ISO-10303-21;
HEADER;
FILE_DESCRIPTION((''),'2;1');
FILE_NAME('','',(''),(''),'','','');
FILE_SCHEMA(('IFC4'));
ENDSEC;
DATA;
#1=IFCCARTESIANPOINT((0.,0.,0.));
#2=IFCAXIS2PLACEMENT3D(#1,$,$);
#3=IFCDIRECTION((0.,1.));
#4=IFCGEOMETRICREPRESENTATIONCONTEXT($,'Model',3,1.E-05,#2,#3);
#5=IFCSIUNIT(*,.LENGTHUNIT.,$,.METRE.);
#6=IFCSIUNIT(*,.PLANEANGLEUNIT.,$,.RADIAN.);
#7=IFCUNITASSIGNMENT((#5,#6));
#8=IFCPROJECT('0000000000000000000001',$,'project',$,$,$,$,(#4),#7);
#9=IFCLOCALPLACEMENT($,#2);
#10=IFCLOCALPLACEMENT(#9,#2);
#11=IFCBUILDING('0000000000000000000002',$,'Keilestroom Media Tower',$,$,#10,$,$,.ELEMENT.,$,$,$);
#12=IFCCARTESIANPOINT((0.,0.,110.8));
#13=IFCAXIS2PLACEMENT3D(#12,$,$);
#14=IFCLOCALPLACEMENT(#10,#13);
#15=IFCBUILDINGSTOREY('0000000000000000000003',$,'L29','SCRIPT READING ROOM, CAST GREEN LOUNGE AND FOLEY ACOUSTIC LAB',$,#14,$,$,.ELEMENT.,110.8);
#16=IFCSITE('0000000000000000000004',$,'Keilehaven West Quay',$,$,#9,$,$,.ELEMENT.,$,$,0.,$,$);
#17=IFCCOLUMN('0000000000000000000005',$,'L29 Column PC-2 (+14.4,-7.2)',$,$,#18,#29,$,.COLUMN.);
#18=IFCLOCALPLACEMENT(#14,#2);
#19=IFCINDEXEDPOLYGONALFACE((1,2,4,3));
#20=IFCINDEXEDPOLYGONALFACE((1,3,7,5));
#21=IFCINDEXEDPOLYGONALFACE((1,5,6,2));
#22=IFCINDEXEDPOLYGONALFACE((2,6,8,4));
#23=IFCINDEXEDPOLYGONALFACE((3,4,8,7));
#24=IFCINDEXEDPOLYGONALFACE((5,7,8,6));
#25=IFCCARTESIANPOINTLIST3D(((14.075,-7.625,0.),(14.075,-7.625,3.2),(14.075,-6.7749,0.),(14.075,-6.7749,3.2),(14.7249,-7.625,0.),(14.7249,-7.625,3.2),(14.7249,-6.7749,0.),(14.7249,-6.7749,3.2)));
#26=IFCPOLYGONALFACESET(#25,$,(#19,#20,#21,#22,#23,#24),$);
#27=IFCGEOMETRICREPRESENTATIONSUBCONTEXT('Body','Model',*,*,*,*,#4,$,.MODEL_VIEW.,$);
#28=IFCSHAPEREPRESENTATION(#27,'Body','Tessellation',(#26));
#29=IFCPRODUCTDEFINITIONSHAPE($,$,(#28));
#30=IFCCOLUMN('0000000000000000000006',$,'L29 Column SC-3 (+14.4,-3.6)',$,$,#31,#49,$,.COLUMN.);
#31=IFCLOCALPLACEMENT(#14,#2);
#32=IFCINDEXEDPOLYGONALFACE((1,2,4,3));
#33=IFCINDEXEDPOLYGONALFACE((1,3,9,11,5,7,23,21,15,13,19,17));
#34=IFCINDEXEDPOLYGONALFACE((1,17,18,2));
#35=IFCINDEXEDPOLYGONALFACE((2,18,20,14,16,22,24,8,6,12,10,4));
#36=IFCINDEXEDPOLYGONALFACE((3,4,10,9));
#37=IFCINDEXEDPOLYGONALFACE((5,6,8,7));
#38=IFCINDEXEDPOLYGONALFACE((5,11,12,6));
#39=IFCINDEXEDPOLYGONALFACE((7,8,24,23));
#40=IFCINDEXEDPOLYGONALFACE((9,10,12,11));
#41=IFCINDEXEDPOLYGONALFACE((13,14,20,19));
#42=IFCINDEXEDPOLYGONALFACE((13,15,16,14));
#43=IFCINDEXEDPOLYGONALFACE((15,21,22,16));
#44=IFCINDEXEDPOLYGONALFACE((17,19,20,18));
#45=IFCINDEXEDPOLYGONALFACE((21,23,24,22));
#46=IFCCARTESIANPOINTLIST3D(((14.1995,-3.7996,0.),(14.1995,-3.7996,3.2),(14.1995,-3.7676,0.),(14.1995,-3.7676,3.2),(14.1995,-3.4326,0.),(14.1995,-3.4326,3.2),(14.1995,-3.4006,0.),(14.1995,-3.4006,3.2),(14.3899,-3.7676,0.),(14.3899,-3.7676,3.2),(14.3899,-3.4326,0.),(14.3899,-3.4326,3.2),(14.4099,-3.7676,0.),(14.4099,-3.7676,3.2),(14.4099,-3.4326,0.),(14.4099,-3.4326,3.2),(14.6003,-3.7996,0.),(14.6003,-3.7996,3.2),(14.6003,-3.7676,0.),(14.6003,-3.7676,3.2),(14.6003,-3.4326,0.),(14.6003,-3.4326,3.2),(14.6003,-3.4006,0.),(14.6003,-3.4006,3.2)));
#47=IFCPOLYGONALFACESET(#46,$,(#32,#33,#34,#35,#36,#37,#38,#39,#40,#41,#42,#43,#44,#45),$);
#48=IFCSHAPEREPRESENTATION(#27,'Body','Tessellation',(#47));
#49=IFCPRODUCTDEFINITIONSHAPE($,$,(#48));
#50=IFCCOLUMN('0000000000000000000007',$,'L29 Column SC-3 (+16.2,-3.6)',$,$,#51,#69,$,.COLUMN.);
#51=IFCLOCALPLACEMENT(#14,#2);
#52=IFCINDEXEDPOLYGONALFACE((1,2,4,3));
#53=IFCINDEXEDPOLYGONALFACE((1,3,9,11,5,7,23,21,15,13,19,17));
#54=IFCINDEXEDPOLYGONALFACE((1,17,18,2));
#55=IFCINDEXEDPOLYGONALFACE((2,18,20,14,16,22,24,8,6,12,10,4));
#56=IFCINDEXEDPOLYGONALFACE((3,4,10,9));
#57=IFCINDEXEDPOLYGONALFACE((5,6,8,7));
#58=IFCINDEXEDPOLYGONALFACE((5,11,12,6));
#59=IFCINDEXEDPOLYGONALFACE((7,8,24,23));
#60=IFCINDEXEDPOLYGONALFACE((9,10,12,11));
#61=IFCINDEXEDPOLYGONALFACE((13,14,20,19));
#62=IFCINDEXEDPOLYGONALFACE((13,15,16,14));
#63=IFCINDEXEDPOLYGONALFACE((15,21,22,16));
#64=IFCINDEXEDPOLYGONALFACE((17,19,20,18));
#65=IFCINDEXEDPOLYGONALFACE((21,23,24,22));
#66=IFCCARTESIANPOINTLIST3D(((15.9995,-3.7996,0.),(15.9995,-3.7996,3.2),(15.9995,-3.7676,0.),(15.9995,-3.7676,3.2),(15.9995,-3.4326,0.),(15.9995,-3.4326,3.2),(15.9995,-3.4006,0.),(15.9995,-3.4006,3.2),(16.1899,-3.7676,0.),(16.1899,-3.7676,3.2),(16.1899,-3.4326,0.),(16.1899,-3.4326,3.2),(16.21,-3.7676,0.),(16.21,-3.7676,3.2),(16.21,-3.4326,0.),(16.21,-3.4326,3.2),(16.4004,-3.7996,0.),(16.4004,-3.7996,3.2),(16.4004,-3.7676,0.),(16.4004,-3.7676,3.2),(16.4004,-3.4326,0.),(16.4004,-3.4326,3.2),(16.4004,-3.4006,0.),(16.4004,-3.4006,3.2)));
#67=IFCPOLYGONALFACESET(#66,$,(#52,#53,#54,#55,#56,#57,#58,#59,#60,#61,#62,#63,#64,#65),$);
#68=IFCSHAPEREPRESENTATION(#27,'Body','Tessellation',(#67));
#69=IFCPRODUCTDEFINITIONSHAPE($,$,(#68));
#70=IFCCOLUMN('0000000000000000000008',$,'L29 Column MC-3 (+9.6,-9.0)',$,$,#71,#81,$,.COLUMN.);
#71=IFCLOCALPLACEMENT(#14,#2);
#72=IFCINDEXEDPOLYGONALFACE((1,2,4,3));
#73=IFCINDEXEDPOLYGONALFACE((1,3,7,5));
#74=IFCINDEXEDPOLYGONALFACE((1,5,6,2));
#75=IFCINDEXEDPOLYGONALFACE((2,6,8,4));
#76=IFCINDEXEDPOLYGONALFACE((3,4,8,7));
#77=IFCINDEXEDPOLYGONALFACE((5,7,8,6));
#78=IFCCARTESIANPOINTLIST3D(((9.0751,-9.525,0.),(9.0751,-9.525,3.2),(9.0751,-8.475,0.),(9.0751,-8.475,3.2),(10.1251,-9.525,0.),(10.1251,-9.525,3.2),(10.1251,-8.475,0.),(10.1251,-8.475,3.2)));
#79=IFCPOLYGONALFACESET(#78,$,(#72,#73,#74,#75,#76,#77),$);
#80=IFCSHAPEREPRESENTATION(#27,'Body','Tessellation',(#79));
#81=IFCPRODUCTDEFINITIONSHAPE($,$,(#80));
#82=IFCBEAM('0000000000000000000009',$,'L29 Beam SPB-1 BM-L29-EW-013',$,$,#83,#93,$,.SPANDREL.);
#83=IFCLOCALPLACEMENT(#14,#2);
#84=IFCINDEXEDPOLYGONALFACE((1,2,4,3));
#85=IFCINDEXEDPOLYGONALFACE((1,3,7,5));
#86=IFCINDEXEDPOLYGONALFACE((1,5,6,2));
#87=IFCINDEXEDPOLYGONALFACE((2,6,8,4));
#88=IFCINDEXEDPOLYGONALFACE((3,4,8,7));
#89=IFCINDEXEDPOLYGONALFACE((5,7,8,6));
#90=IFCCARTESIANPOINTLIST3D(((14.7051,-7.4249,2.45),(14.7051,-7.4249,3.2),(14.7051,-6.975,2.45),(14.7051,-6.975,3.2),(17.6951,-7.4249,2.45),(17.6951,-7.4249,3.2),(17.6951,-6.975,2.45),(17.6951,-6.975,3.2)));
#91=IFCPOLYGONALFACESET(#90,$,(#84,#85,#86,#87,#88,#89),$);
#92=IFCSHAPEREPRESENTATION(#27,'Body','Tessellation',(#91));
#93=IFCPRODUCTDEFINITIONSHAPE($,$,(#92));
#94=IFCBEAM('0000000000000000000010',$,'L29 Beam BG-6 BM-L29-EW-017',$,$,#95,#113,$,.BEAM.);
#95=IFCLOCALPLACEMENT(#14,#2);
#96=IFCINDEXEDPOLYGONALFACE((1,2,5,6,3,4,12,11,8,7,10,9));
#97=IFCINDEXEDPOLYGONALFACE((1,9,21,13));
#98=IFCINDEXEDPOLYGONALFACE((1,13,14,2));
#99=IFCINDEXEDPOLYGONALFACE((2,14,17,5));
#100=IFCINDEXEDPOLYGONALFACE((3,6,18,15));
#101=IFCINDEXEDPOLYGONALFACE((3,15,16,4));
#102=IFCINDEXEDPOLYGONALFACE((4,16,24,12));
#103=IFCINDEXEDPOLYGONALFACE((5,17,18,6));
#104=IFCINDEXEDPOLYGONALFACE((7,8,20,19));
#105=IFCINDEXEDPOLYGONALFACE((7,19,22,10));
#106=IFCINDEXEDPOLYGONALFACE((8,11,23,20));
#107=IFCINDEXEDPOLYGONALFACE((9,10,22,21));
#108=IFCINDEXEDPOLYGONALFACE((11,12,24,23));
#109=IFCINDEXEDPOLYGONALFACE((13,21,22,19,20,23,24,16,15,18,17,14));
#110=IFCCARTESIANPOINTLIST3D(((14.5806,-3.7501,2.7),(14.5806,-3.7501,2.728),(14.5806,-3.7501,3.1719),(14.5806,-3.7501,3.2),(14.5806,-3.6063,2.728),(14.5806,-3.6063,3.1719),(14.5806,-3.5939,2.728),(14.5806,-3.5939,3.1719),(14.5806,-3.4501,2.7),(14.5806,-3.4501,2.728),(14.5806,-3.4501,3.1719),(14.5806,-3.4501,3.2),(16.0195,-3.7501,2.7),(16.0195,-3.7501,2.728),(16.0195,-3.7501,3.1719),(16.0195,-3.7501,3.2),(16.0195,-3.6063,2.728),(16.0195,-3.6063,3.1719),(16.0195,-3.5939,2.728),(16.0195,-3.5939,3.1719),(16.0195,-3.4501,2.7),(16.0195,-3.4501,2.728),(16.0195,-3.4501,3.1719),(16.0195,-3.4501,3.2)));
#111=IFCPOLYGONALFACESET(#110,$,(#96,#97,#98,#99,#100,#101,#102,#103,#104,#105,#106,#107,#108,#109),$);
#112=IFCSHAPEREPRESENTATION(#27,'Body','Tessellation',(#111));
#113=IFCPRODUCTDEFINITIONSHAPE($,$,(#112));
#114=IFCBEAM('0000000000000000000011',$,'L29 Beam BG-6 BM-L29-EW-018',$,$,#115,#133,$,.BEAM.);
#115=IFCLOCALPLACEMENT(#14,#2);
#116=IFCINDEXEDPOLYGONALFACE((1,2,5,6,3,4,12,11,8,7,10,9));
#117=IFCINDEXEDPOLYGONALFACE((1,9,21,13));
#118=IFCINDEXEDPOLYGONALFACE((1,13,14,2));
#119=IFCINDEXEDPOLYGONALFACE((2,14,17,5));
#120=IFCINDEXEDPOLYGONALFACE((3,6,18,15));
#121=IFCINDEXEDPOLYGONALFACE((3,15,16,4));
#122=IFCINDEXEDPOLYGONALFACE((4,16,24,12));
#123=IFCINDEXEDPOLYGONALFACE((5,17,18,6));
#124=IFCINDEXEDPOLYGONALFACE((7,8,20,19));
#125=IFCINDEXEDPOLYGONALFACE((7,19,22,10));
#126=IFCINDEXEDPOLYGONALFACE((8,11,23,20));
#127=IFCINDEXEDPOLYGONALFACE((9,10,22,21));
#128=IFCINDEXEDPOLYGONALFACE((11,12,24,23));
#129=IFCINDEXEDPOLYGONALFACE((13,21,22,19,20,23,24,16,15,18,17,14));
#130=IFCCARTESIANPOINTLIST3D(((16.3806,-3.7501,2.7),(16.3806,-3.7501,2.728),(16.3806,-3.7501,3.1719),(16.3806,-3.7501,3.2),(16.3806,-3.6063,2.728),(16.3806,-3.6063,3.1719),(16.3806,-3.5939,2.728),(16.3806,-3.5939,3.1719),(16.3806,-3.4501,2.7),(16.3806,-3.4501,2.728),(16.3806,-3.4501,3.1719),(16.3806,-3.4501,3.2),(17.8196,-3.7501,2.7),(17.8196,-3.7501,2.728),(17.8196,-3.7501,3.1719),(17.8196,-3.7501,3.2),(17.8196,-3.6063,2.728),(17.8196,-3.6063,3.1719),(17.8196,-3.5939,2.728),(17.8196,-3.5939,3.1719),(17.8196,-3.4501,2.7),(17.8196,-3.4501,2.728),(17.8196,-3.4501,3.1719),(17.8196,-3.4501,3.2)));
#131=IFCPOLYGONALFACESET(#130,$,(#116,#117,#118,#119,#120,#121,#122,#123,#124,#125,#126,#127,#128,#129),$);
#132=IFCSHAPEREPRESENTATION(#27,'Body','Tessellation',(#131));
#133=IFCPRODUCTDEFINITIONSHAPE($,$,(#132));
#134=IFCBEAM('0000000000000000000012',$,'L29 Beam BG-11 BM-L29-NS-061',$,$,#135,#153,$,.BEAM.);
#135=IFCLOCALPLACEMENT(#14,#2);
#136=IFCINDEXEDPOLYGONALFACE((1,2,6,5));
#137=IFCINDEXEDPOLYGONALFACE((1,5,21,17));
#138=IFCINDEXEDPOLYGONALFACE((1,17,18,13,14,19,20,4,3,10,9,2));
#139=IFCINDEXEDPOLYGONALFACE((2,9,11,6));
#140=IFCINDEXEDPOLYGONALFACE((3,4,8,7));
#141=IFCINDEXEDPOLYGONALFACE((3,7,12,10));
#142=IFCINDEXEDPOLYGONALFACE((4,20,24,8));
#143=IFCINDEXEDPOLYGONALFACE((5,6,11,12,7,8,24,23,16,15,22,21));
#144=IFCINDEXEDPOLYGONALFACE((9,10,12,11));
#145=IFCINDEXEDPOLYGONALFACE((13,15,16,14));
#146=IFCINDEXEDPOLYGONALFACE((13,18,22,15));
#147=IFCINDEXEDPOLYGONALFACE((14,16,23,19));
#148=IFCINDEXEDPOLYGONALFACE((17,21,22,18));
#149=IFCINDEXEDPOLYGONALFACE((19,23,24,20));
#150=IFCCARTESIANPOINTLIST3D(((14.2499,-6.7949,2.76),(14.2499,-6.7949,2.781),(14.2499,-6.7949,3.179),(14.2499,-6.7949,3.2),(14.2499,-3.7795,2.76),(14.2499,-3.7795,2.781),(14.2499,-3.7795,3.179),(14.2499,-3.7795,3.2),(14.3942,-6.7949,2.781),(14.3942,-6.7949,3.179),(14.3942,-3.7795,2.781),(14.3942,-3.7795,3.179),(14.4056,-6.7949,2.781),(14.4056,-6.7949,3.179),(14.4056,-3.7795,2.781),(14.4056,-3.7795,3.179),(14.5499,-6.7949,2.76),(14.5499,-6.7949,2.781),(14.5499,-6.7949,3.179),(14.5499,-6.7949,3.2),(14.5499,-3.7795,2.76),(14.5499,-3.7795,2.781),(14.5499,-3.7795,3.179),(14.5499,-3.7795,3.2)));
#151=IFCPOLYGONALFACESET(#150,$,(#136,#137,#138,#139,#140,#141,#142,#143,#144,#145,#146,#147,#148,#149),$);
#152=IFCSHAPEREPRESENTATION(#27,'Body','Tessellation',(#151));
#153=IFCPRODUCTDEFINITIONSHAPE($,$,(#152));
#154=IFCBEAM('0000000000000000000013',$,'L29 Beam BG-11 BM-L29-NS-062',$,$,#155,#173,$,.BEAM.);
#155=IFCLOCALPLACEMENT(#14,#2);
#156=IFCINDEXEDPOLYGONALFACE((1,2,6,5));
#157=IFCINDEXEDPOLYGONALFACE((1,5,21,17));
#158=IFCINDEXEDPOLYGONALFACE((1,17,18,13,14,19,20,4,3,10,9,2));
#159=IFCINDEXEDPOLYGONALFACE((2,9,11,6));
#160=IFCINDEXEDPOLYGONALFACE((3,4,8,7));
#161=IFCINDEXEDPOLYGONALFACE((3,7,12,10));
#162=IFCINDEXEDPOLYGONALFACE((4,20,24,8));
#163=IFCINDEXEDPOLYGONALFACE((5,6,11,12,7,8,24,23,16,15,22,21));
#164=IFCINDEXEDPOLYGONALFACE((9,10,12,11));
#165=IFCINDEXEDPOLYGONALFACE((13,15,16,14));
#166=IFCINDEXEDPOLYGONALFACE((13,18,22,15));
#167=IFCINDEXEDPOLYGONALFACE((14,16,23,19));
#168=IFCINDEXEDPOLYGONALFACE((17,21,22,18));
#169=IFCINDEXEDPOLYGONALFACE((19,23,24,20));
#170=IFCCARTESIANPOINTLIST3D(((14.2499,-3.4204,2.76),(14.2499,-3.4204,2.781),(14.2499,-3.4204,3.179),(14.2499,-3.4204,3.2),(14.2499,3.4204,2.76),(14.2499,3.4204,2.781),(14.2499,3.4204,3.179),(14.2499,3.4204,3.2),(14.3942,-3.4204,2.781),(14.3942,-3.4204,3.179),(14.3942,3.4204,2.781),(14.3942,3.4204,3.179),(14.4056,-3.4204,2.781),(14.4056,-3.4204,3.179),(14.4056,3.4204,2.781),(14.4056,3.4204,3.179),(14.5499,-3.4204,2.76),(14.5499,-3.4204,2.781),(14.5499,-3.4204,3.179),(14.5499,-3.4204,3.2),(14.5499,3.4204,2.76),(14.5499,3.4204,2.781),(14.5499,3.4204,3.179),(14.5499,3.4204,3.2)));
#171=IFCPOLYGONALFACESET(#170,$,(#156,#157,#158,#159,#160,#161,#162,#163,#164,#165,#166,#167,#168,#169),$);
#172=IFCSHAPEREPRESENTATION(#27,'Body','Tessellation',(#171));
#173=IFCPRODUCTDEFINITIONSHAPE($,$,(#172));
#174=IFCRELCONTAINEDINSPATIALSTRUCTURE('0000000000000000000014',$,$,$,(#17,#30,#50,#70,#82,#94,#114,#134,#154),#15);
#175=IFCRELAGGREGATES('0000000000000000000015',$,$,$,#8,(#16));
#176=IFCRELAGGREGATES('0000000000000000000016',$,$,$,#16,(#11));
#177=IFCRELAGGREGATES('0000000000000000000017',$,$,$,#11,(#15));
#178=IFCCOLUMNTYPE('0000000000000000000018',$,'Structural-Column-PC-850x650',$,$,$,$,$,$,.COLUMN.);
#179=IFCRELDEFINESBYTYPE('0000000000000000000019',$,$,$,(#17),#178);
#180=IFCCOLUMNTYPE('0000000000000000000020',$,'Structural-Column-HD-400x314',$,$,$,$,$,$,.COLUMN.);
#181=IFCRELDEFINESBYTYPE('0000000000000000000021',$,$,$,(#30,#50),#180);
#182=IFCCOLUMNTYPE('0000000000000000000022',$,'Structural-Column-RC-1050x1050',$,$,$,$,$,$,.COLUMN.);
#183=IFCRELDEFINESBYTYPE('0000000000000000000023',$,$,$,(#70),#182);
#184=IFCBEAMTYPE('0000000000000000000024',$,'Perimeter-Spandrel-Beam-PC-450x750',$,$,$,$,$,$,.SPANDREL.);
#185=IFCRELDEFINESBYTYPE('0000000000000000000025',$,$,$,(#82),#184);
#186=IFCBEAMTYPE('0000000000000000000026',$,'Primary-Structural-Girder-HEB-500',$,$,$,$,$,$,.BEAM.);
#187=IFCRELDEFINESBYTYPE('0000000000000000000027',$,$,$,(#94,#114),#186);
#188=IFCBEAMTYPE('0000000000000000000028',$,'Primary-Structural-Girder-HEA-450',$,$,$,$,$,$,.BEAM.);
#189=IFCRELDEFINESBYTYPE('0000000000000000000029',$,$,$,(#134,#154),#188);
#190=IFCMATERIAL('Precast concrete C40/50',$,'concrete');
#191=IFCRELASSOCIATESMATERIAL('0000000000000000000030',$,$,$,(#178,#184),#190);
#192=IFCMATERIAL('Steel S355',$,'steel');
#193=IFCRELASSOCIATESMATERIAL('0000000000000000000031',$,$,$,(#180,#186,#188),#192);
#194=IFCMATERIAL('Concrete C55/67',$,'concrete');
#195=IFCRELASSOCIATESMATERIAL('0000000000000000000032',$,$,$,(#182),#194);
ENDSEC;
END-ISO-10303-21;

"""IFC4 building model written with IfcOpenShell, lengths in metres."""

from ifc_helpers import new_model, si_unit, direction, frame, origin, origin_2d, place, context, subcontext, project, spatial, rectangle, i_section, extrude, source, transform, mapped, material, material_profile, profile_set, type_object, element, save


model = new_model("IFC4")

# Units and contexts
model_context = context("Model", 3, precision=1e-05, world=origin(), true_north=direction((0.0, 1.0)))
body_context = subcontext(model_context, "Body", "Model", "MODEL_VIEW")
ifc_project = project(units=[si_unit("LENGTHUNIT", "METRE"), si_unit("PLANEANGLEUNIT", "RADIAN")], contexts=[model_context])

# Site, building, storey
site_placement = place(None, origin())
site = spatial("IfcSite", under=ifc_project, at=site_placement, Name="Keilehaven West Quay", CompositionType="ELEMENT", RefElevation=0.0)
building_placement = place(site_placement, origin())
building = spatial("IfcBuilding", under=site, at=building_placement, Name="Keilestroom Media Tower", CompositionType="ELEMENT")
storey_placement = place(building_placement, frame((0.0, 0.0, 110.8)))
storey = spatial("IfcBuildingStorey", under=building, at=storey_placement, Name="L29", Description="SCRIPT READING ROOM, CAST GREEN LOUNGE AND FOLEY ACOUSTIC LAB", CompositionType="ELEMENT", Elevation=110.8)

# Columns
ifc_material_1 = material(Name="Precast concrete C40/50", Category="concrete")
ifc_material_profile_1 = material_profile(ifc_material_1, rectangle(XDim=0.6499, YDim=0.8501, at=origin_2d()), Name="PC 850x650")
ifc_profile_set_1 = profile_set([ifc_material_profile_1], Name="Precast concrete C40/50")
column_type_1 = type_object("IfcColumnType", Name="Structural-Column-PC-850x650", PredefinedType="COLUMN", material=ifc_profile_set_1)
shared_shape_1 = source(origin(), body_context, "Body", "SweptSolid", [
    extrude(rectangle(XDim=0.6499, YDim=0.8501, at=origin_2d()), origin(), (0.0, 0.0, 1.0), 3.2),
])
column_1_placement = place(storey_placement, frame((14.3999, -7.2, 0.0), z_axis=(0.0, 0.0, 1.0), x_axis=(1.0, 0.0, 0.0)))
element("IfcColumn", 1, at=column_1_placement, inside=storey, type_object=column_type_1, Name="L29 Column PC-2 (+14.4,-7.2)", PredefinedType="COLUMN", context=body_context, shape_type="MappedRepresentation", body=[
    mapped(shared_shape_1, transform((0.0, 0.0, 0.0), x_axis=(1.0, 0.0, 0.0), y_axis=(0.0, 1.0, 0.0), z_axis=(0.0, 0.0, 1.0), scale=1.0)),
])
ifc_material_2 = material(Name="Steel S355", Category="steel")
ifc_material_profile_2 = material_profile(ifc_material_2, i_section(OverallWidth=0.4009, OverallDepth=0.3989, WebThickness=0.02, FlangeThickness=0.032, at=origin_2d()), Name="HD 400x314")
ifc_profile_set_2 = profile_set([ifc_material_profile_2], Name="Steel S355")
column_type_2 = type_object("IfcColumnType", Name="Structural-Column-HD-400x314", PredefinedType="COLUMN", material=ifc_profile_set_2)
shared_shape_2 = source(origin(), body_context, "Body", "SweptSolid", [
    extrude(i_section(OverallWidth=0.4009, OverallDepth=0.3989, WebThickness=0.02, FlangeThickness=0.032, at=origin_2d()), origin(), (0.0, 0.0, 1.0), 3.2),
])
for number, where, z_axis, x_axis, name in (
    (2, (14.3999, -3.6001, 0.0), (0.0, 0.0, 1.0), (1.0, 0.0, 0.0), "L29 Column SC-3 (+14.4,-3.6)"),
    (3, (16.2, -3.6001, 0.0), (0.0, 0.0, 1.0), (1.0, 0.0, 0.0), "L29 Column SC-3 (+16.2,-3.6)"),
):
    element("IfcColumn", number, at=place(storey_placement, frame(where, z_axis=z_axis, x_axis=x_axis)), inside=storey, type_object=column_type_2, Name=name, PredefinedType="COLUMN", context=body_context, shape_type="MappedRepresentation", body=[
        mapped(shared_shape_2, transform((0.0, 0.0, 0.0), x_axis=(1.0, 0.0, 0.0), y_axis=(0.0, 1.0, 0.0), z_axis=(0.0, 0.0, 1.0), scale=1.0)),
    ])
ifc_material_3 = material(Name="Concrete C55/67", Category="concrete")
ifc_material_profile_3 = material_profile(ifc_material_3, rectangle(XDim=1.05, YDim=1.05, at=origin_2d()), Name="RC 1050x1050")
ifc_profile_set_3 = profile_set([ifc_material_profile_3], Name="Concrete C55/67")
column_type_3 = type_object("IfcColumnType", Name="Structural-Column-RC-1050x1050", PredefinedType="COLUMN", material=ifc_profile_set_3)
shared_shape_3 = source(origin(), body_context, "Body", "SweptSolid", [
    extrude(rectangle(XDim=1.05, YDim=1.05, at=origin_2d()), origin(), (0.0, 0.0, 1.0), 3.2),
])
column_2_placement = place(storey_placement, frame((9.6001, -9.0, 0.0), z_axis=(0.0, 0.0, 1.0), x_axis=(1.0, 0.0, 0.0)))
element("IfcColumn", 4, at=column_2_placement, inside=storey, type_object=column_type_3, Name="L29 Column MC-3 (+9.6,-9.0)", PredefinedType="COLUMN", context=body_context, shape_type="MappedRepresentation", body=[
    mapped(shared_shape_3, transform((0.0, 0.0, 0.0), x_axis=(1.0, 0.0, 0.0), y_axis=(0.0, 1.0, 0.0), z_axis=(0.0, 0.0, 1.0), scale=1.0)),
])

# Beams
ifc_material_profile_4 = material_profile(ifc_material_1, rectangle(XDim=0.45, YDim=0.75, at=origin_2d()), Name="PC 450x750")
ifc_profile_set_4 = profile_set([ifc_material_profile_4], Name="Precast concrete C40/50")
beam_type_1 = type_object("IfcBeamType", Name="Perimeter-Spandrel-Beam-PC-450x750", PredefinedType="SPANDREL", material=ifc_profile_set_4)
shared_shape_4 = source(origin(), body_context, "Body", "SweptSolid", [
    extrude(rectangle(XDim=0.45, YDim=0.75, at=origin_2d()), origin(), (0.0, 0.0, 1.0), 2.99),
])
beam_1_placement = place(storey_placement, frame((14.7051, -7.2, 2.825), z_axis=(1.0, 0.0, 0.0), x_axis=(0.0, 1.0, 0.0)))
element("IfcBeam", 5, at=beam_1_placement, inside=storey, type_object=beam_type_1, Name="L29 Beam SPB-1 BM-L29-EW-013", PredefinedType="SPANDREL", context=body_context, shape_type="MappedRepresentation", body=[
    mapped(shared_shape_4, transform((0.0, 0.0, 0.0), x_axis=(1.0, 0.0, 0.0), y_axis=(0.0, 1.0, 0.0), z_axis=(0.0, 0.0, 1.0), scale=1.0)),
])
ifc_material_profile_5 = material_profile(ifc_material_2, i_section(OverallWidth=0.3, OverallDepth=0.5, WebThickness=0.0125, FlangeThickness=0.0281, at=origin_2d()), Name="HEB 500")
ifc_profile_set_5 = profile_set([ifc_material_profile_5], Name="Steel S355")
beam_type_2 = type_object("IfcBeamType", Name="Primary-Structural-Girder-HEB-500", PredefinedType="BEAM", material=ifc_profile_set_5)
shared_shape_5 = source(origin(), body_context, "Body", "SweptSolid", [
    extrude(i_section(OverallWidth=0.3, OverallDepth=0.5, WebThickness=0.0125, FlangeThickness=0.0281, at=origin_2d()), origin(), (0.0, 0.0, 1.0), 1.439),
])
for number, where, z_axis, x_axis, name in (
    (6, (14.5806, -3.6001, 2.95), (1.0, 0.0, 0.0), (0.0, 1.0, 0.0), "L29 Beam BG-6 BM-L29-EW-017"),
    (7, (16.3806, -3.6001, 2.95), (1.0, 0.0, 0.0), (0.0, 1.0, 0.0), "L29 Beam BG-6 BM-L29-EW-018"),
):
    element("IfcBeam", number, at=place(storey_placement, frame(where, z_axis=z_axis, x_axis=x_axis)), inside=storey, type_object=beam_type_2, Name=name, PredefinedType="BEAM", context=body_context, shape_type="MappedRepresentation", body=[
        mapped(shared_shape_5, transform((0.0, 0.0, 0.0), x_axis=(1.0, 0.0, 0.0), y_axis=(0.0, 1.0, 0.0), z_axis=(0.0, 0.0, 1.0), scale=1.0)),
    ])
ifc_material_profile_6 = material_profile(ifc_material_2, i_section(OverallWidth=0.3, OverallDepth=0.4399, WebThickness=0.0115, FlangeThickness=0.021, at=origin_2d()), Name="HEA 450")
ifc_profile_set_6 = profile_set([ifc_material_profile_6], Name="Steel S355")
beam_type_3 = type_object("IfcBeamType", Name="Primary-Structural-Girder-HEA-450", PredefinedType="BEAM", material=ifc_profile_set_6)
shared_shape_6 = source(origin(), body_context, "Body", "SweptSolid", [
    extrude(i_section(OverallWidth=0.3, OverallDepth=0.4399, WebThickness=0.0115, FlangeThickness=0.021, at=origin_2d()), origin(), (0.0, 0.0, 1.0), 3.0154),
])
beam_2_placement = place(storey_placement, frame((14.3999, -6.7949, 2.98), z_axis=(0.0, 1.0, 0.0), x_axis=(-1.0, 0.0, 0.0)))
element("IfcBeam", 8, at=beam_2_placement, inside=storey, type_object=beam_type_3, Name="L29 Beam BG-11 BM-L29-NS-061", PredefinedType="BEAM", context=body_context, shape_type="MappedRepresentation", body=[
    mapped(shared_shape_6, transform((0.0, 0.0, 0.0), x_axis=(1.0, 0.0, 0.0), y_axis=(0.0, 1.0, 0.0), z_axis=(0.0, 0.0, 1.0), scale=1.0)),
])
shared_shape_7 = source(origin(), body_context, "Body", "SweptSolid", [
    extrude(i_section(OverallWidth=0.3, OverallDepth=0.4399, WebThickness=0.0115, FlangeThickness=0.021, at=origin_2d()), origin(), (0.0, 0.0, 1.0), 6.8408),
])
for number, where, z_axis, x_axis, name in (
    (9, (14.3999, -3.4204, 2.98), (0.0, 1.0, 0.0), (-1.0, 0.0, 0.0), "L29 Beam BG-11 BM-L29-NS-062"),
):
    element("IfcBeam", number, at=place(storey_placement, frame(where, z_axis=z_axis, x_axis=x_axis)), inside=storey, type_object=beam_type_3, Name=name, PredefinedType="BEAM", context=body_context, shape_type="MappedRepresentation", body=[
        mapped(shared_shape_7, transform((0.0, 0.0, 0.0), x_axis=(1.0, 0.0, 0.0), y_axis=(0.0, 1.0, 0.0), z_axis=(0.0, 0.0, 1.0), scale=1.0)),
    ])

save(model, "model.ifc")
